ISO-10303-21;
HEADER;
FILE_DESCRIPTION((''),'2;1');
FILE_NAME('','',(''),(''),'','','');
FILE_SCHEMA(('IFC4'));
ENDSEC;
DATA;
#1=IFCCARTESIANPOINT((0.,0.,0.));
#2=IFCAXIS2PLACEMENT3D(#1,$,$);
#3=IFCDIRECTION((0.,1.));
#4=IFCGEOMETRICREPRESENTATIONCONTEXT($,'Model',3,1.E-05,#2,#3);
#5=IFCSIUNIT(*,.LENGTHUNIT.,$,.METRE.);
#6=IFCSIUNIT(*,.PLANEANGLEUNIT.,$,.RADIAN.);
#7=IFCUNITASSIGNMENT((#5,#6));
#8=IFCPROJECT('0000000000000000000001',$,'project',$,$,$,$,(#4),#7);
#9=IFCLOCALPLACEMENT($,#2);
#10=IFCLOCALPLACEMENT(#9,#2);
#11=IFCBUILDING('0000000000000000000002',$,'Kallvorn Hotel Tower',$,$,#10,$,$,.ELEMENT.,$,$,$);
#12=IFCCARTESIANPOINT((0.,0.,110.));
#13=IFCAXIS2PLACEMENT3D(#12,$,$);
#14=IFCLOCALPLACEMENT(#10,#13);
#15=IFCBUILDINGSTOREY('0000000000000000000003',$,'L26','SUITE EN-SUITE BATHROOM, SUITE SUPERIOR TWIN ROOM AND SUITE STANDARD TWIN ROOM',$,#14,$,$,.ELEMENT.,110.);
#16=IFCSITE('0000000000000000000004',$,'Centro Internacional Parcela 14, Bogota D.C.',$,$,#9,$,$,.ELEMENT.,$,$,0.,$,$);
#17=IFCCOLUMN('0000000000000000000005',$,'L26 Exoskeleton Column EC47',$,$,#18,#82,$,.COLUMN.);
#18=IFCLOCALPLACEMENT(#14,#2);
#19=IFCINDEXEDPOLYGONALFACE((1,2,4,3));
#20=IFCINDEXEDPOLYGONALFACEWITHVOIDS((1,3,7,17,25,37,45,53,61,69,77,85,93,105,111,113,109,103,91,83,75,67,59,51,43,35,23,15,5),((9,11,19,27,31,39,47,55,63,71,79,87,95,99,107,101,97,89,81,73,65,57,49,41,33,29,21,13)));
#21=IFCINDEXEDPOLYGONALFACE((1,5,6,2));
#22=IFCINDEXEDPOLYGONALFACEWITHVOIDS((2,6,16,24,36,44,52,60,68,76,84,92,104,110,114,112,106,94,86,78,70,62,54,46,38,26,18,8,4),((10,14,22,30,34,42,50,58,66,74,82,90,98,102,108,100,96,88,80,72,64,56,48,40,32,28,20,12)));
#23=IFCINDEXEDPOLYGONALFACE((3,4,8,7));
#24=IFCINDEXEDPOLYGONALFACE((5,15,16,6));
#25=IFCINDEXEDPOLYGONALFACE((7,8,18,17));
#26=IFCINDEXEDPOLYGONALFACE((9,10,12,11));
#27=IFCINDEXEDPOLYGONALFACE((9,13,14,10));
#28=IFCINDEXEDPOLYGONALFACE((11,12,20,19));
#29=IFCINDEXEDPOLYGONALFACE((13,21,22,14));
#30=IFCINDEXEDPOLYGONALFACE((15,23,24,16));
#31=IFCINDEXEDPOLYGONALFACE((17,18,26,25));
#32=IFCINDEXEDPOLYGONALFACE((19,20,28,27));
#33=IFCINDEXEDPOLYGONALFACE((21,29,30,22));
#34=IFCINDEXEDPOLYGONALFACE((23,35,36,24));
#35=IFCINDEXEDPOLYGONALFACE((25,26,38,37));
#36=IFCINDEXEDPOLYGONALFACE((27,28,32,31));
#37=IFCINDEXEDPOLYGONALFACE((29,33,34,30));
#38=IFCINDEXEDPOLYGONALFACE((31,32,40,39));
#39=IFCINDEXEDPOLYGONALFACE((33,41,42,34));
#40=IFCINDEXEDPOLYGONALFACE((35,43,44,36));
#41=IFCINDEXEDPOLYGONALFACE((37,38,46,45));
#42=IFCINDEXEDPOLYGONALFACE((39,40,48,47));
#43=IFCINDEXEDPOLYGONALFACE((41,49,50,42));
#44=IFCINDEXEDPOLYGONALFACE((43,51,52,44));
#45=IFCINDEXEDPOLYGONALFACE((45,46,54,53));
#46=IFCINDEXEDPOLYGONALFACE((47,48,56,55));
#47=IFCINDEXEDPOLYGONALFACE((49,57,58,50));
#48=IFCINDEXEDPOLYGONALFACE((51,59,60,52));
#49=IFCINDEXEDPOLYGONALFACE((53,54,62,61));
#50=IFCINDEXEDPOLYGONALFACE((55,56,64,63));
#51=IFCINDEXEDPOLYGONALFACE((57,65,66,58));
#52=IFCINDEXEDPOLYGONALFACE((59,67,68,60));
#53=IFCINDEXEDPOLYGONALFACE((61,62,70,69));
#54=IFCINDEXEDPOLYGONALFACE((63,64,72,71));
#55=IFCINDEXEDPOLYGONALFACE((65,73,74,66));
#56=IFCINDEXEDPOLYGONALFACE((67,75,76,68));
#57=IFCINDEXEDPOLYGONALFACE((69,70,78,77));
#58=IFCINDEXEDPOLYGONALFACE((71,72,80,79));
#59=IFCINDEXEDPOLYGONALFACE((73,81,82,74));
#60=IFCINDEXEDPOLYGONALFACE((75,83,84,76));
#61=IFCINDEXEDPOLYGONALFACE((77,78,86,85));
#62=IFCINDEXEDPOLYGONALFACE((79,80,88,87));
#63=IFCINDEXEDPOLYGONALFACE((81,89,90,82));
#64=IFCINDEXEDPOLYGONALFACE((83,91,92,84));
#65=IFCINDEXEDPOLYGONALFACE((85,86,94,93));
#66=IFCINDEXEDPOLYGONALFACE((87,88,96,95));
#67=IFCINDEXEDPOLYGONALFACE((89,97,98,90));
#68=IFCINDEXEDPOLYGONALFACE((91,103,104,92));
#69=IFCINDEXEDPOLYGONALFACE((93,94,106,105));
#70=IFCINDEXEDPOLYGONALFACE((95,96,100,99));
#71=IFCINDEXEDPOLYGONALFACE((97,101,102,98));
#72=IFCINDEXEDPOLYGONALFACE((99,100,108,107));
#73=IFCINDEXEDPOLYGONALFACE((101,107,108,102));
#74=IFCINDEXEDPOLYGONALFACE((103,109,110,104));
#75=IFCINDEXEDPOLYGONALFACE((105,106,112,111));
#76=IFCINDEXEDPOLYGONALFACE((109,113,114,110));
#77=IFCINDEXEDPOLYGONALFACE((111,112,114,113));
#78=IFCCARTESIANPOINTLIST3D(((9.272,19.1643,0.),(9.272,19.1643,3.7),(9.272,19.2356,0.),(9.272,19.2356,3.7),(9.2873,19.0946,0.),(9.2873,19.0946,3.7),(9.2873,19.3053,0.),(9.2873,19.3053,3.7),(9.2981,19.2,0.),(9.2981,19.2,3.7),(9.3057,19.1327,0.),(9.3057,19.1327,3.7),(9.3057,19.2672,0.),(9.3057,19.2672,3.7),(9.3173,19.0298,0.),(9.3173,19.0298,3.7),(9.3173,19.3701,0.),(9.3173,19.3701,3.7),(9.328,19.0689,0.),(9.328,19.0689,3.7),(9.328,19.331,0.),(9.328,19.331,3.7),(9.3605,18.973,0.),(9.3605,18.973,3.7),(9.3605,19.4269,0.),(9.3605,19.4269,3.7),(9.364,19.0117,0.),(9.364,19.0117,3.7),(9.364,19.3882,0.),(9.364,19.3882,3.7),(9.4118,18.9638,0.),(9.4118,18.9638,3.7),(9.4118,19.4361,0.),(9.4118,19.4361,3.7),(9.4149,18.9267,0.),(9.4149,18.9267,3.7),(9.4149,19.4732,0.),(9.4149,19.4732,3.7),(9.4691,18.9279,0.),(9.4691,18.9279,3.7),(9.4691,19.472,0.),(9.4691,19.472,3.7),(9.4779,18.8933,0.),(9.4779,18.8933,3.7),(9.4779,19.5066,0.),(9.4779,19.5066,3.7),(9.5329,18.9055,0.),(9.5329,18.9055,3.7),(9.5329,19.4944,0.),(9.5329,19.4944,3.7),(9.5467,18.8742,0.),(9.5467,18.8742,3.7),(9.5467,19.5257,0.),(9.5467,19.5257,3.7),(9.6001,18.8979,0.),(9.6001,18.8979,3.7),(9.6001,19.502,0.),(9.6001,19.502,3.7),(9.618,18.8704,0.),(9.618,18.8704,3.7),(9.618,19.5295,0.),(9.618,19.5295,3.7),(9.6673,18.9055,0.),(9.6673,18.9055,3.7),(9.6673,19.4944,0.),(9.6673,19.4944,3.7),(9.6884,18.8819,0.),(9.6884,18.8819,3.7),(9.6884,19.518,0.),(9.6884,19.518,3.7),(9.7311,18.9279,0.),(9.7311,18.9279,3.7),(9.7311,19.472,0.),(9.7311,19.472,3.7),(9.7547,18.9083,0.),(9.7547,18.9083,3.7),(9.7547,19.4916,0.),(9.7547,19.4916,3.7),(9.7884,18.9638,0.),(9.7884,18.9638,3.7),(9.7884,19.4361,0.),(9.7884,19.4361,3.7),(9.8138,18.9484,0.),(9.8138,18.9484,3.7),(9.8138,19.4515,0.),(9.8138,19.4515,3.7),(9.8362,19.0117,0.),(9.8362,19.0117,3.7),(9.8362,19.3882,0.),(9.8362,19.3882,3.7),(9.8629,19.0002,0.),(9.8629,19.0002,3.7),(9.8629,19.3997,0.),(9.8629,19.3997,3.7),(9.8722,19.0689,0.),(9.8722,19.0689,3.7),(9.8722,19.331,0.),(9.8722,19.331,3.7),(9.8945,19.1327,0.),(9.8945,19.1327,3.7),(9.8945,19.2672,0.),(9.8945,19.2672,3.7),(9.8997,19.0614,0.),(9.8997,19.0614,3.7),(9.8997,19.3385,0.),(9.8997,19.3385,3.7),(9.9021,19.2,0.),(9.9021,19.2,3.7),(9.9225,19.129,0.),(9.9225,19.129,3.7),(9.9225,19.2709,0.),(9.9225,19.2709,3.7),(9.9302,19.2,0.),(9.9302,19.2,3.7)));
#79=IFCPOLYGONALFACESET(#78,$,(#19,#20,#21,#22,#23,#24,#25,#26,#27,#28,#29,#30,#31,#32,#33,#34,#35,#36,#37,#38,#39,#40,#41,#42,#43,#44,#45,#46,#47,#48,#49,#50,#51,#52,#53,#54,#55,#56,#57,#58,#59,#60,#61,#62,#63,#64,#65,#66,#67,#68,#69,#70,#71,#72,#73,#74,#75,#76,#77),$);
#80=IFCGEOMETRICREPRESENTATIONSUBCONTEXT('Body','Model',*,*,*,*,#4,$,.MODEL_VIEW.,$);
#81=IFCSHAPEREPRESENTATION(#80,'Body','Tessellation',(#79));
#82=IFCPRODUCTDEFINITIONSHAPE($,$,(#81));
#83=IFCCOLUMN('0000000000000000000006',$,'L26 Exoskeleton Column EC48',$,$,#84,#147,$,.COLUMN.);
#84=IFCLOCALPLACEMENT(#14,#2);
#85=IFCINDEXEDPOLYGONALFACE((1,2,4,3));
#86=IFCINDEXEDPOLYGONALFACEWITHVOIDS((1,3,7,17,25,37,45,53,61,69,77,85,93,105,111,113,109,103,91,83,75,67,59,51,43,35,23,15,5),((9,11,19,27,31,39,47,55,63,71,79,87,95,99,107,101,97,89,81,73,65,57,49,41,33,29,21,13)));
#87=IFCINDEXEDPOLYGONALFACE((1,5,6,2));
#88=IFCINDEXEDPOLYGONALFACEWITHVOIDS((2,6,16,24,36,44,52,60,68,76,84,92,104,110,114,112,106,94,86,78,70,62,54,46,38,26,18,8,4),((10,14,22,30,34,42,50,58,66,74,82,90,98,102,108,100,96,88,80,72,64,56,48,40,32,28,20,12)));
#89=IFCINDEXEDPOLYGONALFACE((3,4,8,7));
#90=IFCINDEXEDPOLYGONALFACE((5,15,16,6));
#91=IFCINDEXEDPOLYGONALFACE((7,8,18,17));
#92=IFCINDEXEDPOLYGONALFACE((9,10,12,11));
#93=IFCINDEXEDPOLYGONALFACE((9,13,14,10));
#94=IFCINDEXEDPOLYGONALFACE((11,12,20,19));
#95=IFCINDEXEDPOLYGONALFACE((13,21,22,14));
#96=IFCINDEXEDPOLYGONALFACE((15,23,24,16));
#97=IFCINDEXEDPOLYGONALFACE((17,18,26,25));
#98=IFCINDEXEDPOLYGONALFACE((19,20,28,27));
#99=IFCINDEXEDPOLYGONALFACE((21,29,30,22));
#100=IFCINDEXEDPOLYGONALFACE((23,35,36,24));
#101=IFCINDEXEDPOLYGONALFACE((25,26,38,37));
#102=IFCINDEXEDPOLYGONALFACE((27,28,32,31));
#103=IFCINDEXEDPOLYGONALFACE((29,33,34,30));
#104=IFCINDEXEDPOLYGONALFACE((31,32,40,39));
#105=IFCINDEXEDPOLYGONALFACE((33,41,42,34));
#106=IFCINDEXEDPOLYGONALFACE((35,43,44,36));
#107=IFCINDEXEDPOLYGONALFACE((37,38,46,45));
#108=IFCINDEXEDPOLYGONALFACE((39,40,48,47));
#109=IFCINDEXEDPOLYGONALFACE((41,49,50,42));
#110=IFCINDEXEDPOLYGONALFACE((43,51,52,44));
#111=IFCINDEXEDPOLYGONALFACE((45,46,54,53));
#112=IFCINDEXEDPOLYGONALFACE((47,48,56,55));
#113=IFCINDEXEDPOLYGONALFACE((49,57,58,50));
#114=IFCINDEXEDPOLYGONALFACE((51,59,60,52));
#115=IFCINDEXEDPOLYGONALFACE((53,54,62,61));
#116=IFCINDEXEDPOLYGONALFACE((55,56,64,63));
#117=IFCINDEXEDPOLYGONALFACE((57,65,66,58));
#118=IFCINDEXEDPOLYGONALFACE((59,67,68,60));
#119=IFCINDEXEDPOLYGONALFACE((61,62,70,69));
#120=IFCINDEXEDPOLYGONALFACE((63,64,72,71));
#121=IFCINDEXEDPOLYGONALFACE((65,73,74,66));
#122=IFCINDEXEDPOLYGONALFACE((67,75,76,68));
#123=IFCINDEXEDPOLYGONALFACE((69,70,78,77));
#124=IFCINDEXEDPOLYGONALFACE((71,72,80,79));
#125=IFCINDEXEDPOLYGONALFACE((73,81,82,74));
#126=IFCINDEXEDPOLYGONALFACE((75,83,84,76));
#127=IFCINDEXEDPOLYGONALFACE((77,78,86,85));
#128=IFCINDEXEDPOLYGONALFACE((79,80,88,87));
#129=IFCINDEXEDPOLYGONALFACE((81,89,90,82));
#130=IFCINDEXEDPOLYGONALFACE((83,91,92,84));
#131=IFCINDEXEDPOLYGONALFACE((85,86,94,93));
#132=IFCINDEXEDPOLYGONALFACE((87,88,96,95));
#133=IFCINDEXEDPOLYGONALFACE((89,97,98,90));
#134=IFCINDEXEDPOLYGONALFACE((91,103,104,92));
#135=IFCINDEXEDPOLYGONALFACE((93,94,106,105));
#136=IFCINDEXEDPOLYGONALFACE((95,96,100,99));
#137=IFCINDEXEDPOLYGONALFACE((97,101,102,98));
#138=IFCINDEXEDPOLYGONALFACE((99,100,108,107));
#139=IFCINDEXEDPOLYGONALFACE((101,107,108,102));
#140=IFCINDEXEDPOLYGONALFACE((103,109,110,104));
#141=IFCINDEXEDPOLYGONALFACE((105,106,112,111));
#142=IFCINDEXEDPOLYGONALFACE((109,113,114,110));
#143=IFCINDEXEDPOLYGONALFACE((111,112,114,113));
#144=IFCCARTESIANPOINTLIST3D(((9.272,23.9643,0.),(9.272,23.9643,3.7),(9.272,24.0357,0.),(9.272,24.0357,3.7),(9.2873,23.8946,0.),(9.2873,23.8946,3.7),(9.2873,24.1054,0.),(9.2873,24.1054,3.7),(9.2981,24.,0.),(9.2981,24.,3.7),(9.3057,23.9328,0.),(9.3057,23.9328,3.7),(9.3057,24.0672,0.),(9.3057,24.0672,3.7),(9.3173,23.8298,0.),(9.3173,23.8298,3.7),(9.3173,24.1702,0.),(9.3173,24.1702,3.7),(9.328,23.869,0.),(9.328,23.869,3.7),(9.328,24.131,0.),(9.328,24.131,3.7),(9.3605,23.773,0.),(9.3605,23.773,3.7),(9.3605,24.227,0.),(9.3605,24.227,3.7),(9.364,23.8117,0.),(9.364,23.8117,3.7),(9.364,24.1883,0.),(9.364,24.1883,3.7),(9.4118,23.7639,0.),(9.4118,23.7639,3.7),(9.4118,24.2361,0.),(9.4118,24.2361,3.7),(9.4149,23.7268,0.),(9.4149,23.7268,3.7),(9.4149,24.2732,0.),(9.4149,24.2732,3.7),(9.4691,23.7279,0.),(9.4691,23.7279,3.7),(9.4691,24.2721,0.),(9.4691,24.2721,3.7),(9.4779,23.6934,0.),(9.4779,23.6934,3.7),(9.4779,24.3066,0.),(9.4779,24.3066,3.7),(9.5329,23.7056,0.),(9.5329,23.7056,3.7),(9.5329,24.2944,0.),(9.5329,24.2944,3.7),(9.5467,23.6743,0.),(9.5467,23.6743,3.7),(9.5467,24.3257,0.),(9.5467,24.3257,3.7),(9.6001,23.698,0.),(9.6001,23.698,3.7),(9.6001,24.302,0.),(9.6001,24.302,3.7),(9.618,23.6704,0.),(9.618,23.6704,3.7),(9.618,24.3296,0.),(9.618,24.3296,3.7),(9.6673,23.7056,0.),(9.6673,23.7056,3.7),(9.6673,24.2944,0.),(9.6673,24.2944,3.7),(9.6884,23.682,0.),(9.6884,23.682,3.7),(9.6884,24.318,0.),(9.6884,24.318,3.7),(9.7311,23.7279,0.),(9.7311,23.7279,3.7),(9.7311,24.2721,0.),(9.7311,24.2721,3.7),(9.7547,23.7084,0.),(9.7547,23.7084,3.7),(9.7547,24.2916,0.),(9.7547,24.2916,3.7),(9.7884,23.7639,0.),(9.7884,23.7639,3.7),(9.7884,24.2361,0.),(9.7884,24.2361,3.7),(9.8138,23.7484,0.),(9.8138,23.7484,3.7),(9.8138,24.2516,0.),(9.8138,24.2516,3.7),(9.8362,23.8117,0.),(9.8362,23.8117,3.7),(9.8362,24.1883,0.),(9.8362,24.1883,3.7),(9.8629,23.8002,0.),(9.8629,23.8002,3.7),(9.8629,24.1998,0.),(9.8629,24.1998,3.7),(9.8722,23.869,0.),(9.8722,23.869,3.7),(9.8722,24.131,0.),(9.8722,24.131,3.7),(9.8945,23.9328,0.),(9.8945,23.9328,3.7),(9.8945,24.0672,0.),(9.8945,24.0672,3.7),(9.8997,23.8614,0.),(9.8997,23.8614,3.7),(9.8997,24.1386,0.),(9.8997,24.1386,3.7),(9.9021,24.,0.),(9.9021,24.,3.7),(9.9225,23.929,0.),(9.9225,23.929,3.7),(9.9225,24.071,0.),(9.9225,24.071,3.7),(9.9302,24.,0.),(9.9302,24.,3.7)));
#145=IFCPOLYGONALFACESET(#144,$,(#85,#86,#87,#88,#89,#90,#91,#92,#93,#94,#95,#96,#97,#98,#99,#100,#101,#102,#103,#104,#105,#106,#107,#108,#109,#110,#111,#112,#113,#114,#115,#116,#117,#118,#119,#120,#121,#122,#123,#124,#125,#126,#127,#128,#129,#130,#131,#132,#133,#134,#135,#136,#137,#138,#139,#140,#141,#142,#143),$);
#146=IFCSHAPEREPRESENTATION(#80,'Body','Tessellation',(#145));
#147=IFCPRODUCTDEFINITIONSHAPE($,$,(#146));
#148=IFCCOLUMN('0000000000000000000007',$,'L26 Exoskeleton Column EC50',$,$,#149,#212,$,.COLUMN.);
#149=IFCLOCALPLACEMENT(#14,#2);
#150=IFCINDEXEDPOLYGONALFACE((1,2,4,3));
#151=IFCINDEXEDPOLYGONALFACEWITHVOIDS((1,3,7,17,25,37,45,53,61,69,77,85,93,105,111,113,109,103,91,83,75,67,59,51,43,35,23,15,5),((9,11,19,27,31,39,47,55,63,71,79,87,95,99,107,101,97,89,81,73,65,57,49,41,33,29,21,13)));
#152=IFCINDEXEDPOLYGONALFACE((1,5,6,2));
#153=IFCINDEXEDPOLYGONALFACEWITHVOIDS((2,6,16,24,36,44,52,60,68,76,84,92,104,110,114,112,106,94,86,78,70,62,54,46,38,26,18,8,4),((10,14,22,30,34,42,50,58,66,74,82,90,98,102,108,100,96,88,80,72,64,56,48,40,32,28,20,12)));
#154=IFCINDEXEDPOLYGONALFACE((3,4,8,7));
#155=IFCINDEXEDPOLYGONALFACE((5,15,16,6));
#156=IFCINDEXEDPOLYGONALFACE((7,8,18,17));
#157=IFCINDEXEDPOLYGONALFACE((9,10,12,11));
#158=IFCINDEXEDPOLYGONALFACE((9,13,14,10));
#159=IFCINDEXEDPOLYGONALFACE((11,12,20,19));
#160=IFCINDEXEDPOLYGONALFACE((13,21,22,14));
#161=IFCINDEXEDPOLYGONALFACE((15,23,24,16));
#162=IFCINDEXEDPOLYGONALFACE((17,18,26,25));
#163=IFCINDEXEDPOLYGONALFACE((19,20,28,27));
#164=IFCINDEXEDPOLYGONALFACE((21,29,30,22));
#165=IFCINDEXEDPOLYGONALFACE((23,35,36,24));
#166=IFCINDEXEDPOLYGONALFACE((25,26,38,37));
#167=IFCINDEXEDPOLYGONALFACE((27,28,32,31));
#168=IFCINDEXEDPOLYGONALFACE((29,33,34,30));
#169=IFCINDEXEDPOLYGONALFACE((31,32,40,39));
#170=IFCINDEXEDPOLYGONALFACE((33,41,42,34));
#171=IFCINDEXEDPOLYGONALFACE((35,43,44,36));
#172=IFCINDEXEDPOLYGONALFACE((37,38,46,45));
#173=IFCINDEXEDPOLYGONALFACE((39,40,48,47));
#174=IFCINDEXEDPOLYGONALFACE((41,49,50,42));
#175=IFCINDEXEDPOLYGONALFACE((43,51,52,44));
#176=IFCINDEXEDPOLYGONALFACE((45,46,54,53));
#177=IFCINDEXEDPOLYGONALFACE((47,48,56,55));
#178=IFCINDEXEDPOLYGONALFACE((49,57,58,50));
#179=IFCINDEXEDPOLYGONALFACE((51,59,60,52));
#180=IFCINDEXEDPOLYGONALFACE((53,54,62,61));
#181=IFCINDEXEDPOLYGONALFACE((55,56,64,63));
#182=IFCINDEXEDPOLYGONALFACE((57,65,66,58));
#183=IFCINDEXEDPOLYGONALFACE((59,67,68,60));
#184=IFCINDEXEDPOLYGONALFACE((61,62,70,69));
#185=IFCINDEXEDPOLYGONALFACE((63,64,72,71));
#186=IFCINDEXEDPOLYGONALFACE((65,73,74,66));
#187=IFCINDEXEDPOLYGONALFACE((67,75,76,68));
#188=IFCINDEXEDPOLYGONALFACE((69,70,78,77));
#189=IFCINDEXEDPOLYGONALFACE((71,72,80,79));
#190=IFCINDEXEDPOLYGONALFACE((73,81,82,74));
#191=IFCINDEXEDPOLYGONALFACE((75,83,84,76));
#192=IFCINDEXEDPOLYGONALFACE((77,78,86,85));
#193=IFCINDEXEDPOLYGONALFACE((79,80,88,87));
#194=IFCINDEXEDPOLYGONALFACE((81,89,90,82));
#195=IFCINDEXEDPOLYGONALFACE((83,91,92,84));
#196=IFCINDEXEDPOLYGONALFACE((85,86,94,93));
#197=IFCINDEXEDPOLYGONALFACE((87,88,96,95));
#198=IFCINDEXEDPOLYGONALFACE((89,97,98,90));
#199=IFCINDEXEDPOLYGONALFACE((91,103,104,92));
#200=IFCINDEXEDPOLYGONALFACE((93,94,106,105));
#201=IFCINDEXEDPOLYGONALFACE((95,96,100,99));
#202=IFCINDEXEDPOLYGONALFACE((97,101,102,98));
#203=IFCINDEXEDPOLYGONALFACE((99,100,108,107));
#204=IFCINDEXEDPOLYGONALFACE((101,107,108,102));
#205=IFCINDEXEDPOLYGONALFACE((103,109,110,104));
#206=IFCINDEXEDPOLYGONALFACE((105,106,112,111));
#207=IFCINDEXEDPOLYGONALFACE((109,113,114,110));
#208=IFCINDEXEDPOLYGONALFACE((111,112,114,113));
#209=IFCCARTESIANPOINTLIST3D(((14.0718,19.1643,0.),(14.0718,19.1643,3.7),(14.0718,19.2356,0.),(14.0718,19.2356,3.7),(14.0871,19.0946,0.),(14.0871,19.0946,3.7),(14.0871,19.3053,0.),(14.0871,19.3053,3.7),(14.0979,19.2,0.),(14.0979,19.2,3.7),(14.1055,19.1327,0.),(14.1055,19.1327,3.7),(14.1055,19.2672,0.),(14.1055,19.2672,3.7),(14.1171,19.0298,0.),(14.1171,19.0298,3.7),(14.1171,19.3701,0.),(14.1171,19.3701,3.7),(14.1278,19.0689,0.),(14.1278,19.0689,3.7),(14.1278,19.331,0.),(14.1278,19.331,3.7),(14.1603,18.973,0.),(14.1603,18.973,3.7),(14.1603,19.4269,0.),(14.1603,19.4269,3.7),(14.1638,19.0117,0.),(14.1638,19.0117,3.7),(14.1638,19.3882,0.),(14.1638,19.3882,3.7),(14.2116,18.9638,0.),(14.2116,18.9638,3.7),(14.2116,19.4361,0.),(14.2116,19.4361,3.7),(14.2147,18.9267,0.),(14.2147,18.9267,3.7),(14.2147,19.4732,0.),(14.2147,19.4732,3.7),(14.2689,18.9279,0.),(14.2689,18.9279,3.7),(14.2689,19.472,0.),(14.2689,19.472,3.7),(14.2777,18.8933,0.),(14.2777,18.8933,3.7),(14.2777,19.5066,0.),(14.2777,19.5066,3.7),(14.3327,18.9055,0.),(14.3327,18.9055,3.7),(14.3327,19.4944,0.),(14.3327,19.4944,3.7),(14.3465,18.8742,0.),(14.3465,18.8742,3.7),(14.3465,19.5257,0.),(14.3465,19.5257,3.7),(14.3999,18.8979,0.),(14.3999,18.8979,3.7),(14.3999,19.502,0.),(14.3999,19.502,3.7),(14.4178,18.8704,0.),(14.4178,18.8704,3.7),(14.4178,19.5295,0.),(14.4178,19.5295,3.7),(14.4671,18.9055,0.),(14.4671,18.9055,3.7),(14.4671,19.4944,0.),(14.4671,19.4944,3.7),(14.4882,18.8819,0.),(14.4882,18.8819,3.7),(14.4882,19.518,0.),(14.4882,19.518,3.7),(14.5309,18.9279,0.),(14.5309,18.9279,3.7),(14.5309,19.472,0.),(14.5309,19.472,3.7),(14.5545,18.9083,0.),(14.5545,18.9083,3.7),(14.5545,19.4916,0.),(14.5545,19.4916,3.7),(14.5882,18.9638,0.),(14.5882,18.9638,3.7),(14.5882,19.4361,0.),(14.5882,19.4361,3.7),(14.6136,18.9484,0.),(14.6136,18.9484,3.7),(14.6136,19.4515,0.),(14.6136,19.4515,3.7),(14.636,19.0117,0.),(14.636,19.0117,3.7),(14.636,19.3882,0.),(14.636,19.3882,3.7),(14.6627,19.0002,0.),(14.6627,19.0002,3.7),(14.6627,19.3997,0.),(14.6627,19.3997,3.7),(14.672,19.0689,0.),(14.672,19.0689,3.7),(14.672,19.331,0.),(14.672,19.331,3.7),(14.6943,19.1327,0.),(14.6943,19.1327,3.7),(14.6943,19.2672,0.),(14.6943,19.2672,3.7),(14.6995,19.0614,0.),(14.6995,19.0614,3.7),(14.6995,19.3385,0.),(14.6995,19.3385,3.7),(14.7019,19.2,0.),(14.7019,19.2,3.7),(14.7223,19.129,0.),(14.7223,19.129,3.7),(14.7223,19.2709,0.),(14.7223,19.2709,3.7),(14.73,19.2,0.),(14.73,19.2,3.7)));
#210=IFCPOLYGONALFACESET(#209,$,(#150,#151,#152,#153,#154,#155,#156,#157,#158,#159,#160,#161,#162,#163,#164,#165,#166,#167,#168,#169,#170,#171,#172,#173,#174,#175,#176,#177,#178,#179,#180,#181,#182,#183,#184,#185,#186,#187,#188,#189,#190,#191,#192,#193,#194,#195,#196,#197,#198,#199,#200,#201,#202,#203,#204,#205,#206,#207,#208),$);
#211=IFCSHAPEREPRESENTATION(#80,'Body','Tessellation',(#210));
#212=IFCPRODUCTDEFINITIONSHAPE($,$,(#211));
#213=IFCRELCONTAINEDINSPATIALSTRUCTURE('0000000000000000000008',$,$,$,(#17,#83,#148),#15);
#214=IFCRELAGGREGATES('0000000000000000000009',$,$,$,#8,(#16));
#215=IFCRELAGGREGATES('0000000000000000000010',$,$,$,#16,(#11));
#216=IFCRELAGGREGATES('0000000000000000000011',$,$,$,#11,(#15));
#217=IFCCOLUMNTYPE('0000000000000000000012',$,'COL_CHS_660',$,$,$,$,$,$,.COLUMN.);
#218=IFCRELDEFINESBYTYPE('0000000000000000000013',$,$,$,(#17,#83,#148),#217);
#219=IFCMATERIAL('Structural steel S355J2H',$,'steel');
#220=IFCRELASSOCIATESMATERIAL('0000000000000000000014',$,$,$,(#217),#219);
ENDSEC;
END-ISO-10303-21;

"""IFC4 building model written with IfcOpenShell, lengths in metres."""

from ifc_helpers import new_model, si_unit, direction, frame, origin, origin_2d, place, context, subcontext, project, spatial, hollow_circle, extrude, material, material_profile, profile_set, type_object, element, save


model = new_model("IFC4")

# Units and contexts
model_context = context("Model", 3, precision=1e-05, world=origin(), true_north=direction((0.0, 1.0)))
body_context = subcontext(model_context, "Body", "Model", "MODEL_VIEW")
ifc_project = project(units=[si_unit("LENGTHUNIT", "METRE"), si_unit("PLANEANGLEUNIT", "RADIAN")], contexts=[model_context])

# Site, building, storey
site_placement = place(None, origin())
site = spatial("IfcSite", under=ifc_project, at=site_placement, Name="Centro Internacional Parcela 14, Bogota D.C.", CompositionType="ELEMENT", RefElevation=0.0)
building_placement = place(site_placement, origin())
building = spatial("IfcBuilding", under=site, at=building_placement, Name="Kallvorn Hotel Tower", CompositionType="ELEMENT")
storey_placement = place(building_placement, frame((0.0, 0.0, 110.0)))
storey = spatial("IfcBuildingStorey", under=building, at=storey_placement, Name="L26", Description="SUITE EN-SUITE BATHROOM, SUITE SUPERIOR TWIN ROOM AND SUITE STANDARD TWIN ROOM", CompositionType="ELEMENT", Elevation=110.0)

# Columns
ifc_material_1 = material(Name="Structural steel S355J2H", Category="steel")
ifc_material_profile_1 = material_profile(ifc_material_1, hollow_circle(Radius=0.3301, WallThickness=0.0281, at=origin_2d()), Name="CHS 660x28")
ifc_profile_set_1 = profile_set([ifc_material_profile_1], Name="Structural steel S355J2H")
column_type_1 = type_object("IfcColumnType", Name="COL_CHS_660", PredefinedType="COLUMN", material=ifc_profile_set_1)
for number, where, z_axis, x_axis, name in (
    (1, (9.6001, 19.2, 0.0), (0.0, 0.0, 1.0), (1.0, 0.0, 0.0), "L26 Exoskeleton Column EC47"),
    (2, (9.6001, 24.0, 0.0), (0.0, 0.0, 1.0), (1.0, 0.0, 0.0), "L26 Exoskeleton Column EC48"),
    (3, (14.3999, 19.2, 0.0), (0.0, 0.0, 1.0), (1.0, 0.0, 0.0), "L26 Exoskeleton Column EC50"),
):
    element("IfcColumn", number, at=place(storey_placement, frame(where, z_axis=z_axis, x_axis=x_axis)), inside=storey, type_object=column_type_1, Name=name, PredefinedType="COLUMN", context=body_context, shape_type="SweptSolid", body=[
        extrude(hollow_circle(Radius=0.3301, WallThickness=0.0281, at=origin_2d()), origin(), (0.0, 0.0, 1.0), 3.7),
    ])

save(model, "model.ifc")
